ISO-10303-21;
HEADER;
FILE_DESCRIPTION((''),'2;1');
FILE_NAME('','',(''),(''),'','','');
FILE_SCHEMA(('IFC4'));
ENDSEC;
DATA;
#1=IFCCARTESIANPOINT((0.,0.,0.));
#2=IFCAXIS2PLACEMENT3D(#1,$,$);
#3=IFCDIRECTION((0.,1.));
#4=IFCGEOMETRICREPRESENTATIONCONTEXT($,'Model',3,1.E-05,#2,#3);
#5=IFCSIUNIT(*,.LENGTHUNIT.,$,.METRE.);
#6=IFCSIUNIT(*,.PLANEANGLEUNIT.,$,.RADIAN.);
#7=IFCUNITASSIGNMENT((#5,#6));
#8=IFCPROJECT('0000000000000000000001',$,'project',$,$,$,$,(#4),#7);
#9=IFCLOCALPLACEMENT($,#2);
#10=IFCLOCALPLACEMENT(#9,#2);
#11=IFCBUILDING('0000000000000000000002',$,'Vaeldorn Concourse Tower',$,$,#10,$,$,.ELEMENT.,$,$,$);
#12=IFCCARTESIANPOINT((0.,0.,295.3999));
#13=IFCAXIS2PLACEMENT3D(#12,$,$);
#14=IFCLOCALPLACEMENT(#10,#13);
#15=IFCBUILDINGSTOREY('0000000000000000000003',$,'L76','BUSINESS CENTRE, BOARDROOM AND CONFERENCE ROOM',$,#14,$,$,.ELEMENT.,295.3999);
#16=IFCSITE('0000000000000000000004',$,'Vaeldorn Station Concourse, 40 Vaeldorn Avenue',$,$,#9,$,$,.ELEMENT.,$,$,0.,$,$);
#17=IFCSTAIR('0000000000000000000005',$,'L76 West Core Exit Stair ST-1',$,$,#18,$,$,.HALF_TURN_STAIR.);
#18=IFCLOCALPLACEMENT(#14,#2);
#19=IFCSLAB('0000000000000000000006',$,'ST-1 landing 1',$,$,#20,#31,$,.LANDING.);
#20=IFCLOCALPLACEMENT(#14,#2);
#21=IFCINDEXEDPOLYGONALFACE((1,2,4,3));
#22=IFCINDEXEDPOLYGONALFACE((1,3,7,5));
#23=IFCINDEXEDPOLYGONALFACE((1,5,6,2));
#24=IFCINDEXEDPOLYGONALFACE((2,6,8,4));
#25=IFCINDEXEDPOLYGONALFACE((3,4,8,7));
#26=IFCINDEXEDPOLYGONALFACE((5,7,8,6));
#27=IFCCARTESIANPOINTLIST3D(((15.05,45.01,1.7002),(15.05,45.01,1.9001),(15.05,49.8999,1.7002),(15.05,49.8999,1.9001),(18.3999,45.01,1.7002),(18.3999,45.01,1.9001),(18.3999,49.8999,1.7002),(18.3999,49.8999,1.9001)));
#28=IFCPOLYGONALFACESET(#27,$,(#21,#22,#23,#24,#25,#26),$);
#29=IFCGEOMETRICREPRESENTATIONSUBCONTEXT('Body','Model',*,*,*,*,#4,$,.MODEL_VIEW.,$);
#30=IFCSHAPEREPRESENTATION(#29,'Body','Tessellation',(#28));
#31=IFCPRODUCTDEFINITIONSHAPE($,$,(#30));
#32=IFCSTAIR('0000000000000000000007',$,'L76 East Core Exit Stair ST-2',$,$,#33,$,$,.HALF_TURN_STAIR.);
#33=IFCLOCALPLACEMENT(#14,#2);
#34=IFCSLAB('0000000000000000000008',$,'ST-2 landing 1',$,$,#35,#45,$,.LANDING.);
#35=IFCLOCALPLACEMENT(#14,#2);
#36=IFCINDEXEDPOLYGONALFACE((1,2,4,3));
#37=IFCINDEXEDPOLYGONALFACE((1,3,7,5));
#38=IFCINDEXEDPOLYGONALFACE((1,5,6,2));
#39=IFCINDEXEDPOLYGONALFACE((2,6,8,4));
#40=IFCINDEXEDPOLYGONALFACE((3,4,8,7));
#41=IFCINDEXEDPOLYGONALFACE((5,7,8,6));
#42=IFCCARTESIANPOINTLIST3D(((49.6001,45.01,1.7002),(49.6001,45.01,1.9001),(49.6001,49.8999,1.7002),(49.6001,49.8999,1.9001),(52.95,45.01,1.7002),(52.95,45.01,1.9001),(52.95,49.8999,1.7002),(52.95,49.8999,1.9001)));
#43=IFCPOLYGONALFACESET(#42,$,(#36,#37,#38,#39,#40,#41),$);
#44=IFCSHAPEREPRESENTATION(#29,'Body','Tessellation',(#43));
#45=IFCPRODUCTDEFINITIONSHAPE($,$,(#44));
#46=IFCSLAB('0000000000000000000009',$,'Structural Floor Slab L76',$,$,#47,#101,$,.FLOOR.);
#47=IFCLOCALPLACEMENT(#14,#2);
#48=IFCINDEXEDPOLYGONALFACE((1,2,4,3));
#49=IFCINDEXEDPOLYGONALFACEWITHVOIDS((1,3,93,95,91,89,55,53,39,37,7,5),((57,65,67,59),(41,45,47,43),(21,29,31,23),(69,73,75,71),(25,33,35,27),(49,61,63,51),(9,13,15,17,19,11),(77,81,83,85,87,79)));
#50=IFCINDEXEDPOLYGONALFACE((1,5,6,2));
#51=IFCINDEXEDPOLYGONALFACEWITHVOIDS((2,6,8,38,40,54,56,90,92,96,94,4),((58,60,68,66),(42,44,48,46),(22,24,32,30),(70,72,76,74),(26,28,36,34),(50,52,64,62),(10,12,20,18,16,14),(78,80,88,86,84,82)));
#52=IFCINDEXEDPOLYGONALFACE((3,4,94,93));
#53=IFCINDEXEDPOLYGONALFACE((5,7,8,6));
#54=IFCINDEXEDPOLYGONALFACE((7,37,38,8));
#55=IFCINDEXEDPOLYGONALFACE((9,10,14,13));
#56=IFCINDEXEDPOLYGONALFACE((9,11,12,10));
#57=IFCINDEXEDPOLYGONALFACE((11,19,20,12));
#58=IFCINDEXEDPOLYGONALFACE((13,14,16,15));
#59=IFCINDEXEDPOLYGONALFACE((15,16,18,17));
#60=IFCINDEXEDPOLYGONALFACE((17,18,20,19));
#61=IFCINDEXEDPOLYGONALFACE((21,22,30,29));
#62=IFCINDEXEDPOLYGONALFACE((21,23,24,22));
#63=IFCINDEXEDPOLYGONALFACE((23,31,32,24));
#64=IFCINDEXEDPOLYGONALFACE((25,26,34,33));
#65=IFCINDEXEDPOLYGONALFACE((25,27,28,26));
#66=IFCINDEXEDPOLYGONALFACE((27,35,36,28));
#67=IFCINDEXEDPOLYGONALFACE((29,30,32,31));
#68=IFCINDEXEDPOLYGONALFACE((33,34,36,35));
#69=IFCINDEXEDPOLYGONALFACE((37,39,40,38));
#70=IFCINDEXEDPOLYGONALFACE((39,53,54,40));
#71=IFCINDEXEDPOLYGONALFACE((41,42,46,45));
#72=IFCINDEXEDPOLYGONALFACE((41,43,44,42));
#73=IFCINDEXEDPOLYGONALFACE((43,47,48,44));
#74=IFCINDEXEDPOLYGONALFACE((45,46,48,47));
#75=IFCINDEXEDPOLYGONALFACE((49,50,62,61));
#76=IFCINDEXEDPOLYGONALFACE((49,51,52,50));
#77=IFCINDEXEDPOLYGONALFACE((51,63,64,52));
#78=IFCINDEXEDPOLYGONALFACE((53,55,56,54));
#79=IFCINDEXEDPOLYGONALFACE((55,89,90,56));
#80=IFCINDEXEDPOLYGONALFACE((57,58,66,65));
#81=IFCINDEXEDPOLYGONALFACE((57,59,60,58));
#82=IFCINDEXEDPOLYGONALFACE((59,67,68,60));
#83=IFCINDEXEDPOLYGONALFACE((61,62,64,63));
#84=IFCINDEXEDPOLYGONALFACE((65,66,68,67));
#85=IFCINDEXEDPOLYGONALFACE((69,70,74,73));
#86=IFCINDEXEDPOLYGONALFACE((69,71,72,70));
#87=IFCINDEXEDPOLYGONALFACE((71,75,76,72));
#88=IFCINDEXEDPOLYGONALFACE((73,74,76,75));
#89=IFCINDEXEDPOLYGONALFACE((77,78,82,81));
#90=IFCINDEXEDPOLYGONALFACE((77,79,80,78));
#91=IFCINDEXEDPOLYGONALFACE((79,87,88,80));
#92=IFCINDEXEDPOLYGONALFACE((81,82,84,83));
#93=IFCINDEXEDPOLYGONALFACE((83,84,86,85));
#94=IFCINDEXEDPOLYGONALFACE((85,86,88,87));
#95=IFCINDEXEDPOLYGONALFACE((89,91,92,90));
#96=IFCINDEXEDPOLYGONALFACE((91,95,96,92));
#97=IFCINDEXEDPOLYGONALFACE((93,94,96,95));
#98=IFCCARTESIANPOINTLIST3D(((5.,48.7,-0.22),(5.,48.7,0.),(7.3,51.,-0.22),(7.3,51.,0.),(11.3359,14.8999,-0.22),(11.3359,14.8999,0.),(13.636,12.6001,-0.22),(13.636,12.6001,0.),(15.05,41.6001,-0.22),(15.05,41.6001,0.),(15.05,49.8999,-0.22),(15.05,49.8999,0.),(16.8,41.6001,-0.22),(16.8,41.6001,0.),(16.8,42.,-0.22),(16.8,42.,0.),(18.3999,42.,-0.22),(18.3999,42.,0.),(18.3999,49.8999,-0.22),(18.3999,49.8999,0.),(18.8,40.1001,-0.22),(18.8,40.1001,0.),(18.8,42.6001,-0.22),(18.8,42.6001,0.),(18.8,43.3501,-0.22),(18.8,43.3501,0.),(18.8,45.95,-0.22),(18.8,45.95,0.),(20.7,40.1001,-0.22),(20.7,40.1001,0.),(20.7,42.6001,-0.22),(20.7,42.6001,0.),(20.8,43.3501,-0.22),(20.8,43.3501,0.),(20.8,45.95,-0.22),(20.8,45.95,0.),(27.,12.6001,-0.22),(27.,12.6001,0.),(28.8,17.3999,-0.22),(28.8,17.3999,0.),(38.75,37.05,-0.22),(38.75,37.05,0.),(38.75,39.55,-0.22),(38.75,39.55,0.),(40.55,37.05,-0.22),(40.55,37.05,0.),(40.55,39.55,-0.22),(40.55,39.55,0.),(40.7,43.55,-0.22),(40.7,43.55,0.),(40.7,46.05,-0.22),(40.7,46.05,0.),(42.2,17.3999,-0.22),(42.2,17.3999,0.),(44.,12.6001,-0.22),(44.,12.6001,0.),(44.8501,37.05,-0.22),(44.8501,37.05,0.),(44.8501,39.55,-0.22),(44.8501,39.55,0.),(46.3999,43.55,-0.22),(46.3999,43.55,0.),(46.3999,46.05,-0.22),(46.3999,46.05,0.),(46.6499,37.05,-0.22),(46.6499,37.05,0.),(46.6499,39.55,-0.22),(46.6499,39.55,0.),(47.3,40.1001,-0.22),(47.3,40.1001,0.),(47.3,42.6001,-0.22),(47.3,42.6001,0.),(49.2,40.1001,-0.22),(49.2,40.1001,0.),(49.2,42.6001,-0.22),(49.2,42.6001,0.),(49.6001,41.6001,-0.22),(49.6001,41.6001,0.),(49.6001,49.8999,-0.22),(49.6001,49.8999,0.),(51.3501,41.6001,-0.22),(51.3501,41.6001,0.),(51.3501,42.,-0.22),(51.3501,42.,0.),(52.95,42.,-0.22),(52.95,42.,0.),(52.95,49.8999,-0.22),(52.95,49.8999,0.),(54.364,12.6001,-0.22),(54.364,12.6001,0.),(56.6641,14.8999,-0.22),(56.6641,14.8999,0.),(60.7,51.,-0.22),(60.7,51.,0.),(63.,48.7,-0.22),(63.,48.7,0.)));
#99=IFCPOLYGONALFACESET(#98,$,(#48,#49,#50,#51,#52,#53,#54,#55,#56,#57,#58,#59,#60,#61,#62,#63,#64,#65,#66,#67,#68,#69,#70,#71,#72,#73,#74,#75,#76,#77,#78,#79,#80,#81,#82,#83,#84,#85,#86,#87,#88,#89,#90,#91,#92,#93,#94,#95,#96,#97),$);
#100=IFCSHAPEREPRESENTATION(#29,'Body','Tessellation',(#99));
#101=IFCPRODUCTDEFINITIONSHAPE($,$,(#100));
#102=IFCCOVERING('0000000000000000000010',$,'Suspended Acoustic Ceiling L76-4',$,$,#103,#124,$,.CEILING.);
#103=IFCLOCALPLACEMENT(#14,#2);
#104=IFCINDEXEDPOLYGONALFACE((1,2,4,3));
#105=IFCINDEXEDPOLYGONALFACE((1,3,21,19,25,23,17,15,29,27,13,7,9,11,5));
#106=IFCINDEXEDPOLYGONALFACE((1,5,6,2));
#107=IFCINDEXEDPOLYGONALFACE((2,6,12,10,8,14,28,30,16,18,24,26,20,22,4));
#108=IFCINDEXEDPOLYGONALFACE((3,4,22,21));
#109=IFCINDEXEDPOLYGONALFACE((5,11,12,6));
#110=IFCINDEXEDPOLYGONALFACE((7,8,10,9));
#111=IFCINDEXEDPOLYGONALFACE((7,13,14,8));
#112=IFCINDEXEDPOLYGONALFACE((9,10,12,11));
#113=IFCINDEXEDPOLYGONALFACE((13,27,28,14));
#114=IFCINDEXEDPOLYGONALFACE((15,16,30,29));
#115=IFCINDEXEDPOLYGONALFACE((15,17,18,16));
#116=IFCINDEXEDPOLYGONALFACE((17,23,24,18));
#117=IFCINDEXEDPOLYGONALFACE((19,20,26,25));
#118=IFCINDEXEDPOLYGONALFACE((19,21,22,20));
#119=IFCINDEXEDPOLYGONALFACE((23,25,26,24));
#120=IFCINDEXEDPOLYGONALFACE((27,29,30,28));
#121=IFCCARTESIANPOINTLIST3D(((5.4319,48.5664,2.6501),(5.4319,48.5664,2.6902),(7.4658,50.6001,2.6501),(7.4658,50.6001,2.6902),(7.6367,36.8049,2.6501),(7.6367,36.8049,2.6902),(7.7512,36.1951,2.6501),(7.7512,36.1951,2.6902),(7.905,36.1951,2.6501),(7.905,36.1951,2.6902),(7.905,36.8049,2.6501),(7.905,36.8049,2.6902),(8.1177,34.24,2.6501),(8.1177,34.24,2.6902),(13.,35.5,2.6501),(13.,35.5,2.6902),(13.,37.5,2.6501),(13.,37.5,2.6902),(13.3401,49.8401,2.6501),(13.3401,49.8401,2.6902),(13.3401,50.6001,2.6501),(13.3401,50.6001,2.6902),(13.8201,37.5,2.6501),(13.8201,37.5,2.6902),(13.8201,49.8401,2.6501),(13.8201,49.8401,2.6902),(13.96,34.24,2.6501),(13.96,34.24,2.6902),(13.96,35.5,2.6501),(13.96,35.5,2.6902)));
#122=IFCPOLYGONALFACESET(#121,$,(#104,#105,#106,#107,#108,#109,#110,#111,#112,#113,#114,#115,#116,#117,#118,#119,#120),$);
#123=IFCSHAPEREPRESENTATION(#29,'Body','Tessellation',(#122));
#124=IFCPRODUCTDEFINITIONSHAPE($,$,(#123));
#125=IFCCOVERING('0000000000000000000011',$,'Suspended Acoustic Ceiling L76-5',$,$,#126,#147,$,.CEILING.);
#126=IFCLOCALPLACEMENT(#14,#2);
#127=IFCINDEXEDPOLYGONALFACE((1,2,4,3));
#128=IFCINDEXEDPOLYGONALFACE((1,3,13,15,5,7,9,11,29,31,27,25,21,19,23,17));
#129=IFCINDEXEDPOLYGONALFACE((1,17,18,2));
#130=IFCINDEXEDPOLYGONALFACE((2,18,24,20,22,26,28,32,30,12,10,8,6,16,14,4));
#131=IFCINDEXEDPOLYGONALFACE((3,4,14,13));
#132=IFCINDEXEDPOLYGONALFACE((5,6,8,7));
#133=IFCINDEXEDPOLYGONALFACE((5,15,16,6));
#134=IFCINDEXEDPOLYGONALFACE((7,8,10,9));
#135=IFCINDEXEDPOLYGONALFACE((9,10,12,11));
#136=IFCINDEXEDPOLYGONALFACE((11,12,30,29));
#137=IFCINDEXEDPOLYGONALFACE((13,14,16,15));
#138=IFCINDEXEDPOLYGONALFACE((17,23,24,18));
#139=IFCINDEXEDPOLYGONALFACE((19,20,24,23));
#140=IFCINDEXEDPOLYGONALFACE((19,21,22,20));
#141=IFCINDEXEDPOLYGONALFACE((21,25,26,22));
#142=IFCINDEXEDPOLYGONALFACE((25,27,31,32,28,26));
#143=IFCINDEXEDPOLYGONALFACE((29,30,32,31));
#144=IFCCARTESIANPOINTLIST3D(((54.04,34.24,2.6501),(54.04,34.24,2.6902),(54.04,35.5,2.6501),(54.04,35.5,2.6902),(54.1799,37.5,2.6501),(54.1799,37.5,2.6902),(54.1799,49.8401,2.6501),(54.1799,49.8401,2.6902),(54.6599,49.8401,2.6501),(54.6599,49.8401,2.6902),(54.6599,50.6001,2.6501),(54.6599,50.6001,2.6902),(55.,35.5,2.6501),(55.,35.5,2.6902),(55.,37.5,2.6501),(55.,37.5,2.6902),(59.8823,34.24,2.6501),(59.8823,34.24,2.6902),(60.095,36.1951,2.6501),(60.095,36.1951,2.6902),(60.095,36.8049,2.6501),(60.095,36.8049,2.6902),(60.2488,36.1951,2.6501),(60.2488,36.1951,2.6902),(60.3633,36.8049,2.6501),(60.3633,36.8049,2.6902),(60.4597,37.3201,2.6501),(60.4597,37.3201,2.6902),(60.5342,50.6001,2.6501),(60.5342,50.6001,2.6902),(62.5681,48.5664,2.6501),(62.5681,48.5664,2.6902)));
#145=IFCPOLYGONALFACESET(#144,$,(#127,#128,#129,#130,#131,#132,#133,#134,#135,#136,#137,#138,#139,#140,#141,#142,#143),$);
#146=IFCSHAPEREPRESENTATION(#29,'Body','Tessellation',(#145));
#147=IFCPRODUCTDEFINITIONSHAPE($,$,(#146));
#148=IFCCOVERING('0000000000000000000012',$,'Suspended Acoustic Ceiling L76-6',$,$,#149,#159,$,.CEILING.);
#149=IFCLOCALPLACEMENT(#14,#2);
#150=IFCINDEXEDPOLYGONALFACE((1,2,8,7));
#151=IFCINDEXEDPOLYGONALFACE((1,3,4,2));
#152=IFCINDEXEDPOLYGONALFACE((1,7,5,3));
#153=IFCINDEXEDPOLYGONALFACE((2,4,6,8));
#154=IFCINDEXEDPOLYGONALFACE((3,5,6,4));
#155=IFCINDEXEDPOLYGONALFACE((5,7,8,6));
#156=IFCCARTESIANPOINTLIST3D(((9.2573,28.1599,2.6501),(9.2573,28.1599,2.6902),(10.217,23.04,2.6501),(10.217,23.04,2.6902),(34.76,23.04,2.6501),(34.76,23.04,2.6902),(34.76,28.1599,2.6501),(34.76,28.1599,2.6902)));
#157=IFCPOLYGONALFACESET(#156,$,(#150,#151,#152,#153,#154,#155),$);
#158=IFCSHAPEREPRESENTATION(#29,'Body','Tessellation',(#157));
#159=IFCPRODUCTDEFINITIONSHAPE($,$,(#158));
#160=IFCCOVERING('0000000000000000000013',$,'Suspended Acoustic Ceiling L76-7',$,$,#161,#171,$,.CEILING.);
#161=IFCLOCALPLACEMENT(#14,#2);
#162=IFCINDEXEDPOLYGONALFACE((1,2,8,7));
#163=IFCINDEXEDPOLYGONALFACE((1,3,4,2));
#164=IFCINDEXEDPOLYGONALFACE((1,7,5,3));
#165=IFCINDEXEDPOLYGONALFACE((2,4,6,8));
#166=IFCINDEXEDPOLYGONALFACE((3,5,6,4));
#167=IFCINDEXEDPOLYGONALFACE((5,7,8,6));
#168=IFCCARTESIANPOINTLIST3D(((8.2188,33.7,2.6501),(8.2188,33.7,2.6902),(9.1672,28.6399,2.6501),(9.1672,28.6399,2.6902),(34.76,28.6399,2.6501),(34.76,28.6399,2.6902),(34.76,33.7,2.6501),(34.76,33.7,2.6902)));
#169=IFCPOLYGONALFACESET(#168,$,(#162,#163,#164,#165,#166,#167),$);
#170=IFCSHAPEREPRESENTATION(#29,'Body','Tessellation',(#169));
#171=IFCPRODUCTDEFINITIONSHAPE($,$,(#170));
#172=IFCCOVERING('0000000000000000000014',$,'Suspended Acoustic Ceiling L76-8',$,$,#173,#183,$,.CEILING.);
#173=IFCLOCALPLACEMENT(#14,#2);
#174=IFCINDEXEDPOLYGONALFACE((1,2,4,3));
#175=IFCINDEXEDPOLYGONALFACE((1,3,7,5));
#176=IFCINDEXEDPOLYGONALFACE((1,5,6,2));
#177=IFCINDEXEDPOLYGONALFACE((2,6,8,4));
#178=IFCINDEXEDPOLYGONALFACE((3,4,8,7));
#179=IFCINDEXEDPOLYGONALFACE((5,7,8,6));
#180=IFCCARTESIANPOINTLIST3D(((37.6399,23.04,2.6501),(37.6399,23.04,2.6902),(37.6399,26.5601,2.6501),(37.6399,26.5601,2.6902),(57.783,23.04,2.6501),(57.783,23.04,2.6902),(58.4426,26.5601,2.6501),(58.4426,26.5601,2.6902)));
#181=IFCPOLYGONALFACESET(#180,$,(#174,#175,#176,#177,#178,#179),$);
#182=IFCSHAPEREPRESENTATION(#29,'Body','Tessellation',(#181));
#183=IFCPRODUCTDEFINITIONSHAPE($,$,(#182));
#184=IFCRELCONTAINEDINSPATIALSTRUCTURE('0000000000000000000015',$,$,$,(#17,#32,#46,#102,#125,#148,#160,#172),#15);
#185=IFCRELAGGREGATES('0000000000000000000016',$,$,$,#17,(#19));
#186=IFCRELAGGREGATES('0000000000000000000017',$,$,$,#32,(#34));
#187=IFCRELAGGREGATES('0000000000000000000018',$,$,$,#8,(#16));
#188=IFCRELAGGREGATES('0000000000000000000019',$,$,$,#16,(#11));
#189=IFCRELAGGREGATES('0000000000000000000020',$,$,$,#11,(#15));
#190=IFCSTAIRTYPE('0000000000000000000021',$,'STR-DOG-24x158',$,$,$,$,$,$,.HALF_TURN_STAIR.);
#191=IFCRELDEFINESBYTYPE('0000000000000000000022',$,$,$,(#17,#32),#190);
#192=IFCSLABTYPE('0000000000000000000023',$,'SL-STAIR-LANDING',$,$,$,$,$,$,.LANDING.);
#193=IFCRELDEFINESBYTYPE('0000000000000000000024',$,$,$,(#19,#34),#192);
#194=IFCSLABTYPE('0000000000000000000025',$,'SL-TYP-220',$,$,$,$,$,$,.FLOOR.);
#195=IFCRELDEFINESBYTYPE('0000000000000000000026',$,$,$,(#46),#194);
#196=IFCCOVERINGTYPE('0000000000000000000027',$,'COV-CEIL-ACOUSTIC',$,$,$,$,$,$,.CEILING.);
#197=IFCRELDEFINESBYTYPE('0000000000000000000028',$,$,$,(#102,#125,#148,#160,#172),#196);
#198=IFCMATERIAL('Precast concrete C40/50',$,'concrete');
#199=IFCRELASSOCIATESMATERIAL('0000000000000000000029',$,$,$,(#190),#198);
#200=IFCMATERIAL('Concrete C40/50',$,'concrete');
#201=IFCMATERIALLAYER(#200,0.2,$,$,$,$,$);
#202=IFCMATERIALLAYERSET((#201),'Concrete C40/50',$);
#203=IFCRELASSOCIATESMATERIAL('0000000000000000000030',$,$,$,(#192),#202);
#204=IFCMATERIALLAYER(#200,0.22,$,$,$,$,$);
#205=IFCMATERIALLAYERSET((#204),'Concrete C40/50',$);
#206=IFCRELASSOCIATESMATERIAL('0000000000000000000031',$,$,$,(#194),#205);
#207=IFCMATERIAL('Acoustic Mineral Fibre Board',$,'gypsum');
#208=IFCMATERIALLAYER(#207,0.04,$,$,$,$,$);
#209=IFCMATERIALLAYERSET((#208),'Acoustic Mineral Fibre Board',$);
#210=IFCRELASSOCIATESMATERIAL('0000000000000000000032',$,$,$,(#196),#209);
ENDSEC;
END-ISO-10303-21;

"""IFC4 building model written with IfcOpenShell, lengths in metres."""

from ifc_helpers import new_model, si_unit, direction, frame, origin, place, context, subcontext, project, spatial, polyline, outline, extrude, material, layer, layer_set, type_object, element, aggregate, save


model = new_model("IFC4")

# Units and contexts
model_context = context("Model", 3, precision=1e-05, world=origin(), true_north=direction((0.0, 1.0)))
body_context = subcontext(model_context, "Body", "Model", "MODEL_VIEW")
ifc_project = project(units=[si_unit("LENGTHUNIT", "METRE"), si_unit("PLANEANGLEUNIT", "RADIAN")], contexts=[model_context])

# Site, building, storey
site_placement = place(None, origin())
site = spatial("IfcSite", under=ifc_project, at=site_placement, Name="Vaeldorn Station Concourse, 40 Vaeldorn Avenue", CompositionType="ELEMENT", RefElevation=0.0)
building_placement = place(site_placement, origin())
building = spatial("IfcBuilding", under=site, at=building_placement, Name="Vaeldorn Concourse Tower", CompositionType="ELEMENT")
storey_placement = place(building_placement, frame((0.0, 0.0, 295.3999)))
storey = spatial("IfcBuildingStorey", under=building, at=storey_placement, Name="L76", Description="BUSINESS CENTRE, BOARDROOM AND CONFERENCE ROOM", CompositionType="ELEMENT", Elevation=295.3999)

# Stairs, slabs
ifc_material_1 = material(Name="Precast concrete C40/50", Category="concrete")
stair_type = type_object("IfcStairType", Name="STR-DOG-24x158", PredefinedType="HALF_TURN_STAIR", material=ifc_material_1)
stair_1_placement = place(storey_placement, origin())
stair_1 = element("IfcStair", 1, at=stair_1_placement, inside=storey, type_object=stair_type, Name="L76 West Core Exit Stair ST-1", PredefinedType="HALF_TURN_STAIR")
ifc_material_2 = material(Name="Concrete C40/50", Category="concrete")
ifc_layer_1 = layer(ifc_material_2, 0.2)
ifc_layer_set_1 = layer_set([ifc_layer_1], Name="Concrete C40/50")
slab_type_1 = type_object("IfcSlabType", Name="SL-STAIR-LANDING", PredefinedType="LANDING", material=ifc_layer_set_1)
slab_1_placement = place(storey_placement, frame((0.0, 0.0, 1.7002)))
slab_1 = element("IfcSlab", 2, at=slab_1_placement, type_object=slab_type_1, Name="ST-1 landing 1", PredefinedType="LANDING", context=body_context, shape_type="SweptSolid", body=[
    extrude(outline(polyline([(18.3999, 45.01), (18.3999, 49.8999), (15.05, 49.8999), (15.05, 45.01), (18.3999, 45.01)])), origin(), (0.0, 0.0, 1.0), 0.2),
])
aggregate(stair_1, [slab_1])
stair_2_placement = place(storey_placement, origin())
stair_2 = element("IfcStair", 3, at=stair_2_placement, inside=storey, type_object=stair_type, Name="L76 East Core Exit Stair ST-2", PredefinedType="HALF_TURN_STAIR")
slab_2_placement = place(storey_placement, frame((0.0, 0.0, 1.7002)))
slab_2 = element("IfcSlab", 4, at=slab_2_placement, type_object=slab_type_1, Name="ST-2 landing 1", PredefinedType="LANDING", context=body_context, shape_type="SweptSolid", body=[
    extrude(outline(polyline([(52.95, 45.01), (52.95, 49.8999), (49.6001, 49.8999), (49.6001, 45.01), (52.95, 45.01)])), origin(), (0.0, 0.0, 1.0), 0.2),
])
aggregate(stair_2, [slab_2])

# Slab
ifc_layer_2 = layer(ifc_material_2, 0.22)
ifc_layer_set_2 = layer_set([ifc_layer_2], Name="Concrete C40/50")
slab_type_2 = type_object("IfcSlabType", Name="SL-TYP-220", PredefinedType="FLOOR", material=ifc_layer_set_2)
slab_3_placement = place(storey_placement, frame((0.0, 0.0, -0.22)))
element("IfcSlab", 5, at=slab_3_placement, inside=storey, type_object=slab_type_2, Name="Structural Floor Slab L76", PredefinedType="FLOOR", context=body_context, shape_type="SweptSolid", body=[
    extrude(outline(polyline([(13.636, 12.6001), (27.0, 12.6001), (28.8, 17.3999), (42.2, 17.3999), (44.0, 12.6001), (54.364, 12.6001), (56.6641, 14.8999), (63.0, 48.7), (60.7, 51.0), (7.3, 51.0), (5.0, 48.7), (11.3359, 14.8999), (13.636, 12.6001)]), holes=[polyline([(18.3999, 42.0), (18.3999, 49.8999), (15.05, 49.8999), (15.05, 41.6001), (16.8, 41.6001), (16.8, 42.0), (18.3999, 42.0)]), polyline([(52.95, 42.0), (52.95, 49.8999), (49.6001, 49.8999), (49.6001, 41.6001), (51.3501, 41.6001), (51.3501, 42.0), (52.95, 42.0)]), polyline([(38.75, 37.05), (40.55, 37.05), (40.55, 39.55), (38.75, 39.55), (38.75, 37.05)]), polyline([(44.8501, 37.05), (46.6499, 37.05), (46.6499, 39.55), (44.8501, 39.55), (44.8501, 37.05)]), polyline([(40.7, 43.55), (46.3999, 43.55), (46.3999, 46.05), (40.7, 46.05), (40.7, 43.55)]), polyline([(18.8, 43.3501), (20.8, 43.3501), (20.8, 45.95), (18.8, 45.95), (18.8, 43.3501)]), polyline([(18.8, 40.1001), (20.7, 40.1001), (20.7, 42.6001), (18.8, 42.6001), (18.8, 40.1001)]), polyline([(47.3, 40.1001), (49.2, 40.1001), (49.2, 42.6001), (47.3, 42.6001), (47.3, 40.1001)])]), origin(), (0.0, 0.0, 1.0), 0.22),
])

# Coverings
ifc_material_3 = material(Name="Acoustic Mineral Fibre Board", Category="gypsum")
ifc_layer_3 = layer(ifc_material_3, 0.04)
ifc_layer_set_3 = layer_set([ifc_layer_3], Name="Acoustic Mineral Fibre Board")
covering_type_1 = type_object("IfcCoveringType", Name="COV-CEIL-ACOUSTIC", PredefinedType="CEILING", material=ifc_layer_set_3)
covering_1_placement = place(storey_placement, frame((0.0, 0.0, 2.6501)))
element("IfcCovering", 6, at=covering_1_placement, inside=storey, type_object=covering_type_1, Name="Suspended Acoustic Ceiling L76-4", PredefinedType="CEILING", context=body_context, shape_type="SweptSolid", body=[
    extrude(outline(polyline([(7.4658, 50.6001), (13.3401, 50.6001), (13.3401, 49.8401), (13.8201, 49.8401), (13.8201, 37.5), (13.0, 37.5), (13.0, 35.5), (13.96, 35.5), (13.96, 34.24), (8.1177, 34.24), (7.7512, 36.1951), (7.905, 36.1951), (7.905, 36.8049), (7.6367, 36.8049), (5.4319, 48.5664), (7.4658, 50.6001)])), origin(), (0.0, 0.0, 1.0), 0.04),
])
covering_2_placement = place(storey_placement, frame((0.0, 0.0, 2.6501)))
element("IfcCovering", 7, at=covering_2_placement, inside=storey, type_object=covering_type_1, Name="Suspended Acoustic Ceiling L76-5", PredefinedType="CEILING", context=body_context, shape_type="SweptSolid", body=[
    extrude(outline(polyline([(54.1799, 49.8401), (54.6599, 49.8401), (54.6599, 50.6001), (60.5342, 50.6001), (62.5681, 48.5664), (60.4597, 37.3201), (60.4597, 37.3201), (60.3633, 36.8049), (60.095, 36.8049), (60.095, 36.1951), (60.2488, 36.1951), (59.8823, 34.24), (54.04, 34.24), (54.04, 35.5), (55.0, 35.5), (55.0, 37.5), (54.1799, 37.5), (54.1799, 49.8401)])), origin(), (0.0, 0.0, 1.0), 0.04),
])
covering_3_placement = place(storey_placement, frame((0.0, 0.0, 2.6501)))
element("IfcCovering", 8, at=covering_3_placement, inside=storey, type_object=covering_type_1, Name="Suspended Acoustic Ceiling L76-6", PredefinedType="CEILING", context=body_context, shape_type="SweptSolid", body=[
    extrude(outline(polyline([(34.76, 28.1599), (34.76, 23.04), (10.217, 23.04), (9.2573, 28.1599), (34.76, 28.1599)])), origin(), (0.0, 0.0, 1.0), 0.04),
])
covering_4_placement = place(storey_placement, frame((0.0, 0.0, 2.6501)))
element("IfcCovering", 9, at=covering_4_placement, inside=storey, type_object=covering_type_1, Name="Suspended Acoustic Ceiling L76-7", PredefinedType="CEILING", context=body_context, shape_type="SweptSolid", body=[
    extrude(outline(polyline([(34.76, 33.7), (34.76, 28.6399), (9.1672, 28.6399), (8.2188, 33.7), (34.76, 33.7)])), origin(), (0.0, 0.0, 1.0), 0.04),
])
covering_5_placement = place(storey_placement, frame((0.0, 0.0, 2.6501)))
element("IfcCovering", 10, at=covering_5_placement, inside=storey, type_object=covering_type_1, Name="Suspended Acoustic Ceiling L76-8", PredefinedType="CEILING", context=body_context, shape_type="SweptSolid", body=[
    extrude(outline(polyline([(37.6399, 23.04), (37.6399, 26.5601), (58.4426, 26.5601), (57.783, 23.04), (37.6399, 23.04)])), origin(), (0.0, 0.0, 1.0), 0.04),
])

save(model, "model.ifc")
